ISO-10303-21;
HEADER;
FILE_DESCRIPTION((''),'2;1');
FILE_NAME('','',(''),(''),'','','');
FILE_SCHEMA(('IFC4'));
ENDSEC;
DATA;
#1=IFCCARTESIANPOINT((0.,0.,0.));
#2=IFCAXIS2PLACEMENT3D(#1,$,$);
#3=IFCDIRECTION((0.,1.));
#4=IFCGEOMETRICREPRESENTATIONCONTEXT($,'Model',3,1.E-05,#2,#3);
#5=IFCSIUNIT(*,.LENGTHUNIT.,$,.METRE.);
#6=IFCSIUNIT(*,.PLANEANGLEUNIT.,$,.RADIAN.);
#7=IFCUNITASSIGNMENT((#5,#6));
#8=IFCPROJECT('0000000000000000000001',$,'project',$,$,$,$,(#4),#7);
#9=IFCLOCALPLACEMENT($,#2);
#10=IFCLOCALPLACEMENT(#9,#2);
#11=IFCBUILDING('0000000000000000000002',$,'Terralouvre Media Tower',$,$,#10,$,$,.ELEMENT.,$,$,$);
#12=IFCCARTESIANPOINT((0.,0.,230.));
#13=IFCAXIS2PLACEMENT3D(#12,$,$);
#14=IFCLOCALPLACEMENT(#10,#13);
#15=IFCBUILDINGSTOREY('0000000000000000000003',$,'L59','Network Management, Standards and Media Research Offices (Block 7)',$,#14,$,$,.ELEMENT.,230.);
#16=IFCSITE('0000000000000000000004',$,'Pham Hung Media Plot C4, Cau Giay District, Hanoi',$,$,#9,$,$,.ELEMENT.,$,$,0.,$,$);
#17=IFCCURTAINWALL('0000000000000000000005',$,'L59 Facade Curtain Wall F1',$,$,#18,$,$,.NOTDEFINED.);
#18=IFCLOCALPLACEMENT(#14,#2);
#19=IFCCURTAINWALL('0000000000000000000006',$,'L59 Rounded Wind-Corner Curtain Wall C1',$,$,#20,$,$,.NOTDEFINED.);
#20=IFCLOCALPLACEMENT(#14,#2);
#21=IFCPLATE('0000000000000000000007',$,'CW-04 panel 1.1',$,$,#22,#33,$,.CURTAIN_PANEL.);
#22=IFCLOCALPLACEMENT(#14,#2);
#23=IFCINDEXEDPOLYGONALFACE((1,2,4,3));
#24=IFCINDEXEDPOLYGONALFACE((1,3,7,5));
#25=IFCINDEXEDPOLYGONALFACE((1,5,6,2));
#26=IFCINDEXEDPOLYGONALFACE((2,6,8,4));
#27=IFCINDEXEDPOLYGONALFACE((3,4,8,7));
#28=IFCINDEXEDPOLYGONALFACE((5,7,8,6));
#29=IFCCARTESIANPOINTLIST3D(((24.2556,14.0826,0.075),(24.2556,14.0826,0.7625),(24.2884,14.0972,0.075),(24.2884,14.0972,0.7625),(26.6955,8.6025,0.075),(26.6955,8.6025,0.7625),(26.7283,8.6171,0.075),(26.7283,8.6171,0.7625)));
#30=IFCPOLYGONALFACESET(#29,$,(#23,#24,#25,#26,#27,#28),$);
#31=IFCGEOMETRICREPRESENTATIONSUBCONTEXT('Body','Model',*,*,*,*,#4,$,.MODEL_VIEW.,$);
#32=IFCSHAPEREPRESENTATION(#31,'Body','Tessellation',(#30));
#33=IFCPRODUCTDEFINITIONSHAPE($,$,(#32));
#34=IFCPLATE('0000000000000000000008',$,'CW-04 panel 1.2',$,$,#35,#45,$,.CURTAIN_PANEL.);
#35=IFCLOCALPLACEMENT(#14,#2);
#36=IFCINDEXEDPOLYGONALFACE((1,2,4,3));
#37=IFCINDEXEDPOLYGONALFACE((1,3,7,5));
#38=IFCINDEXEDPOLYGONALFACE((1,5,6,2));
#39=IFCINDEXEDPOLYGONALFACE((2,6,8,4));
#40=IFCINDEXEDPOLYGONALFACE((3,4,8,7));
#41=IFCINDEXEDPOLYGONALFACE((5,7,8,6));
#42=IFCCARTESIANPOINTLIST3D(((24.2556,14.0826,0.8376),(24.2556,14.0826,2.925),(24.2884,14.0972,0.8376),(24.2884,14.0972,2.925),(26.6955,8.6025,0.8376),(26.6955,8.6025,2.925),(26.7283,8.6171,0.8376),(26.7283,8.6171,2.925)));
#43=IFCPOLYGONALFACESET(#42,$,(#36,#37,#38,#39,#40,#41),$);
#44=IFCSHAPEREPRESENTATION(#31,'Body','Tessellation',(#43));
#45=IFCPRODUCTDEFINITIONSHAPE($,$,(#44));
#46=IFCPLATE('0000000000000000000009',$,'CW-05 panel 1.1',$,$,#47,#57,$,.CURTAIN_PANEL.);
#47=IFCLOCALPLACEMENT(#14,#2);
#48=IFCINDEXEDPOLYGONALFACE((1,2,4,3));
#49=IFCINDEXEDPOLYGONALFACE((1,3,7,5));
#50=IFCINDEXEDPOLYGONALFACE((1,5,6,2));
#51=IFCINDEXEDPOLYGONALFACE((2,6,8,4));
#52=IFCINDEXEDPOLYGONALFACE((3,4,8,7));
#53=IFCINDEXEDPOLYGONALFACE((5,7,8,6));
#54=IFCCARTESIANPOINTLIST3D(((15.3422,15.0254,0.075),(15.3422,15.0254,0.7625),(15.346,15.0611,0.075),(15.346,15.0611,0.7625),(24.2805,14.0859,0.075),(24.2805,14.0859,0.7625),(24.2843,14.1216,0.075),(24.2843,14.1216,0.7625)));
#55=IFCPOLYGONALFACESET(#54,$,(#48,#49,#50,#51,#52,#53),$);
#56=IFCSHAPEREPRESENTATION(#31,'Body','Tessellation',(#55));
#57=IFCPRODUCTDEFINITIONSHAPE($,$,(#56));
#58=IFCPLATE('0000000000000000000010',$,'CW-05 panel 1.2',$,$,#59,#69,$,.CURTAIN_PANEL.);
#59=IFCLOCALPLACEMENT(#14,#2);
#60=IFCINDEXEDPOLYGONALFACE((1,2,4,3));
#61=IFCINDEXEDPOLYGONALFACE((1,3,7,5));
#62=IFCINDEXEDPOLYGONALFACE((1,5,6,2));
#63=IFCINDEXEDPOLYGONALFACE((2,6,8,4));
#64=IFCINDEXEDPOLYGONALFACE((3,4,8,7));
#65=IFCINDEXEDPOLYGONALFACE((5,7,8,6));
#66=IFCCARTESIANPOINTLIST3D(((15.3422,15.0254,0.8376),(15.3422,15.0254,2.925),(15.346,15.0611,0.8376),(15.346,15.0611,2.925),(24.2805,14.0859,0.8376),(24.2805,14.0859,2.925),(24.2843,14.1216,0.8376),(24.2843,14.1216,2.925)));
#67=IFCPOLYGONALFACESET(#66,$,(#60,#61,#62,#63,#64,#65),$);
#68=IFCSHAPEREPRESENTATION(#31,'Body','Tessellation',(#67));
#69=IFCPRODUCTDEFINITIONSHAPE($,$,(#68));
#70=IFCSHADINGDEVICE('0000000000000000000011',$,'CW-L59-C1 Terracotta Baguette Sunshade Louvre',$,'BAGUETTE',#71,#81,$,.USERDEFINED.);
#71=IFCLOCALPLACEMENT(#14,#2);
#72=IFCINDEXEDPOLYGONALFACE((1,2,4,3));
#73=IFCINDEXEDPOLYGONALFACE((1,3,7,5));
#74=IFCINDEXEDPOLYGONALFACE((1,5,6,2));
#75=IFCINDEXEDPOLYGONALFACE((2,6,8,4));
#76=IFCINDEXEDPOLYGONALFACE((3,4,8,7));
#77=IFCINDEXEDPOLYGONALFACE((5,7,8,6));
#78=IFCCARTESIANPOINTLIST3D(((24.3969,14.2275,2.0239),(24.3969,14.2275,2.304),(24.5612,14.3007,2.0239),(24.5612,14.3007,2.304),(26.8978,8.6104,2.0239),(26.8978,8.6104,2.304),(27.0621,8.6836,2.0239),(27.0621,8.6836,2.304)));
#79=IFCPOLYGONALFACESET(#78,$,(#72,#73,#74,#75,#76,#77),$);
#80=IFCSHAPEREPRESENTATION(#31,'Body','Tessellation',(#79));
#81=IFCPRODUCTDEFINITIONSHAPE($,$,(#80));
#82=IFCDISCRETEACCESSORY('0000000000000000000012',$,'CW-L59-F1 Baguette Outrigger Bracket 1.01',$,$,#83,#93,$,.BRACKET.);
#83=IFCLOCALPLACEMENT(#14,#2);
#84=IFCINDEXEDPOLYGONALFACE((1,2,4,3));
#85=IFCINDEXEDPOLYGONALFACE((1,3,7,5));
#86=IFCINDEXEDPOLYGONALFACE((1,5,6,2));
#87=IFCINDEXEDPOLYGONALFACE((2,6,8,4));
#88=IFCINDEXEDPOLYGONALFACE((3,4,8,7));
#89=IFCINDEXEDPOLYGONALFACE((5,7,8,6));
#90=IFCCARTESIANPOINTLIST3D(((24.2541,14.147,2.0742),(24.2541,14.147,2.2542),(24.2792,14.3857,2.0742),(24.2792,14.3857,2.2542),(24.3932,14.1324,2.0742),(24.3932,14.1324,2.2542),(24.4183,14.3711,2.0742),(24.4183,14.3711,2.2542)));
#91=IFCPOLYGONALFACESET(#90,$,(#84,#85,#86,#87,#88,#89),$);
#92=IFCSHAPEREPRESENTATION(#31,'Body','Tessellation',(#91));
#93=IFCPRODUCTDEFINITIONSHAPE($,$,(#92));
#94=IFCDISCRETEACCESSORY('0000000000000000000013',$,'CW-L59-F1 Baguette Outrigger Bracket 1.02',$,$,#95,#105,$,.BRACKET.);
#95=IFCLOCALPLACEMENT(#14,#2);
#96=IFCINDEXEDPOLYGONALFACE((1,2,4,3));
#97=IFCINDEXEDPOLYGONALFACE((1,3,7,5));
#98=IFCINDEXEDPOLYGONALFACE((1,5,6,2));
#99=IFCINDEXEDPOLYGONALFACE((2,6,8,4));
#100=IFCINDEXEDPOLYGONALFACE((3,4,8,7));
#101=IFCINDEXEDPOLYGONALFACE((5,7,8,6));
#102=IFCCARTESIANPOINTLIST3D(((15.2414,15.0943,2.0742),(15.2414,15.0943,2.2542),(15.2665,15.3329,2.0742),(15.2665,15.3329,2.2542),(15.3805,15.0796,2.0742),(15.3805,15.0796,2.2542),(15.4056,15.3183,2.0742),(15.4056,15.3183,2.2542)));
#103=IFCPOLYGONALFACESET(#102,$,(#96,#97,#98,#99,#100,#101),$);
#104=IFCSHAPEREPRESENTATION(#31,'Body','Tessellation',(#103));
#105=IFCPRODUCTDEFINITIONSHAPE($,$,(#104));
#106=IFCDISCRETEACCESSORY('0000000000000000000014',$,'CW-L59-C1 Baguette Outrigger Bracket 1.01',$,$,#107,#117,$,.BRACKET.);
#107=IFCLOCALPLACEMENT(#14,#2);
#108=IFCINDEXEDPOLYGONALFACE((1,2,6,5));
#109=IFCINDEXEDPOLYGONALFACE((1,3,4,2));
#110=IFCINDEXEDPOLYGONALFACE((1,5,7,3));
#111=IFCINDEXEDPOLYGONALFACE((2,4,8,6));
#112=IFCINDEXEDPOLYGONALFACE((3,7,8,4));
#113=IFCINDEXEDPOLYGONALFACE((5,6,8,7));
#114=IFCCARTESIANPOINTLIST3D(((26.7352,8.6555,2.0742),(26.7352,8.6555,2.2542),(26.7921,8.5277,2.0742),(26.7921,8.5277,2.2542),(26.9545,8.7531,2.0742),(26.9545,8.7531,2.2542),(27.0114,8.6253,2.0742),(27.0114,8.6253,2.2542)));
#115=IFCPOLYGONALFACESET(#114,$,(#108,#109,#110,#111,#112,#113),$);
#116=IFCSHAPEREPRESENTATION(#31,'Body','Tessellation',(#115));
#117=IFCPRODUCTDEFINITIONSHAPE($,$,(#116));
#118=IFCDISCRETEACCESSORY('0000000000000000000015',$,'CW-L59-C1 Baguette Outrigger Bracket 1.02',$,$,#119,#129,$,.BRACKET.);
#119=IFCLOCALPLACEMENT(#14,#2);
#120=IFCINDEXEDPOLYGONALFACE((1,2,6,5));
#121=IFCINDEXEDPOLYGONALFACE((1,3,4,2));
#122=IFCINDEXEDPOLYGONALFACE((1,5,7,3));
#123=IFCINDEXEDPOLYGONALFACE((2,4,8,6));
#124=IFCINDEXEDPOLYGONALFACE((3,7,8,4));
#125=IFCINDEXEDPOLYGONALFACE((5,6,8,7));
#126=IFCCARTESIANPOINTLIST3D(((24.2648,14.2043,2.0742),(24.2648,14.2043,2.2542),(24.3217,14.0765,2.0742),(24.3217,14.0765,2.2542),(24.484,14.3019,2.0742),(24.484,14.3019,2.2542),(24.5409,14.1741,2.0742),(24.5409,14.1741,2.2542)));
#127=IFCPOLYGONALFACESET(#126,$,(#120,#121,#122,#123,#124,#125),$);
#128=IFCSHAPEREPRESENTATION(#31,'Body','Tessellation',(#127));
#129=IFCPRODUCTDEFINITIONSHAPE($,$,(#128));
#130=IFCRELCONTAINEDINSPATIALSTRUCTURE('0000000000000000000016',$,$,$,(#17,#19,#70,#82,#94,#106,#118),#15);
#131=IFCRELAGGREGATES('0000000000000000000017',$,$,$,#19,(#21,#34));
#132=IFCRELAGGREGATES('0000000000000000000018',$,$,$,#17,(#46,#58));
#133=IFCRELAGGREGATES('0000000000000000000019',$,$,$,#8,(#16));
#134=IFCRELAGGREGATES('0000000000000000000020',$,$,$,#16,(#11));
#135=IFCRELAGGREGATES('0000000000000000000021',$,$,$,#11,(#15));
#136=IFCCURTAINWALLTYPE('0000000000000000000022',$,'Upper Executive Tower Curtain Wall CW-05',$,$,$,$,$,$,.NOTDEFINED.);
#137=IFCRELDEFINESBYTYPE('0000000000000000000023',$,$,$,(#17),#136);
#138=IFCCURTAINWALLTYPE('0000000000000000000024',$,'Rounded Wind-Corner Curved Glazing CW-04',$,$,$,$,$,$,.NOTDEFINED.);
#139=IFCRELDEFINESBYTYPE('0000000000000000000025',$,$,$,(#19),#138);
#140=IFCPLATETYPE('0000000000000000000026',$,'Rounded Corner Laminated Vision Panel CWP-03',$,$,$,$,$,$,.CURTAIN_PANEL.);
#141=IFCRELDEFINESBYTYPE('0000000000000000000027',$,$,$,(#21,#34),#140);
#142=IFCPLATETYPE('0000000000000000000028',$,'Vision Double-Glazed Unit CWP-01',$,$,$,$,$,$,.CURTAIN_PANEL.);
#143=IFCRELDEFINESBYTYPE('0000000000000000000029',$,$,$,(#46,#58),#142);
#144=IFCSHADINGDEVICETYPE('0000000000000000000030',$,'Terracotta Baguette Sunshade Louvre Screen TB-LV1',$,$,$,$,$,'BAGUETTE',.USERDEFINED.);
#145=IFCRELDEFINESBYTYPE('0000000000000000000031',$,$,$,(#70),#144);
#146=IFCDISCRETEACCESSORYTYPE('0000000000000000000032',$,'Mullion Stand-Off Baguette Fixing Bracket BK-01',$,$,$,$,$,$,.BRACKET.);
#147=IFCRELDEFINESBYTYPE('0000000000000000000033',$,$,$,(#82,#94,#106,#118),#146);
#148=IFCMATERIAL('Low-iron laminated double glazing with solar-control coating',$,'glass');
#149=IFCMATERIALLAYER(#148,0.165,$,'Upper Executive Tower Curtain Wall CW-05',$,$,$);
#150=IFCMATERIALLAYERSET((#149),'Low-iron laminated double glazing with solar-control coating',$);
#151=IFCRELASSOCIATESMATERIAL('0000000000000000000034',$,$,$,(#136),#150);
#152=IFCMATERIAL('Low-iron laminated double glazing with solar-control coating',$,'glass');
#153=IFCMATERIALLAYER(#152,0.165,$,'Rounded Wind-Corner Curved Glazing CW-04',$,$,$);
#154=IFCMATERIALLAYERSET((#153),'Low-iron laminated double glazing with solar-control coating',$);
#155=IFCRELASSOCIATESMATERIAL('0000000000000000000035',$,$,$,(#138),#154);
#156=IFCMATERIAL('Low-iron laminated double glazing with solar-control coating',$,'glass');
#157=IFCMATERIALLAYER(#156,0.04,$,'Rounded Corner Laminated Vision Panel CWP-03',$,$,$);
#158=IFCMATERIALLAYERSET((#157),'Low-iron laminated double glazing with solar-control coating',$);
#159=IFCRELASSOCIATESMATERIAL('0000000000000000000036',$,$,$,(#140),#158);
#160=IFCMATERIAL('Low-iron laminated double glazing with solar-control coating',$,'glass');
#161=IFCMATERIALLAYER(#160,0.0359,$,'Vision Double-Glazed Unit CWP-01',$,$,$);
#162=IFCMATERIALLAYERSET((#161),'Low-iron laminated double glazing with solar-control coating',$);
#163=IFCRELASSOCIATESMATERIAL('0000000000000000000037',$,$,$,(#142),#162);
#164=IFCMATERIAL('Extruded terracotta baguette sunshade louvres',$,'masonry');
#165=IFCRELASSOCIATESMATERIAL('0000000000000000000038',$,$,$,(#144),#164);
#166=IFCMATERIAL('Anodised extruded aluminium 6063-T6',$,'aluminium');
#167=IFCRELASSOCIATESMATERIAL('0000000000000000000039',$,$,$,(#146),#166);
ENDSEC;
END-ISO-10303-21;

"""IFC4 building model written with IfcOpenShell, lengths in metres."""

from ifc_helpers import new_model, si_unit, direction, frame, origin, origin_2d, place, context, subcontext, project, spatial, rectangle, extrude, material, layer, layer_set, type_object, element, aggregate, save


model = new_model("IFC4")

# Units and contexts
model_context = context("Model", 3, precision=1e-05, world=origin(), true_north=direction((0.0, 1.0)))
body_context = subcontext(model_context, "Body", "Model", "MODEL_VIEW")
ifc_project = project(units=[si_unit("LENGTHUNIT", "METRE"), si_unit("PLANEANGLEUNIT", "RADIAN")], contexts=[model_context])

# Site, building, storey
site_placement = place(None, origin())
site = spatial("IfcSite", under=ifc_project, at=site_placement, Name="Pham Hung Media Plot C4, Cau Giay District, Hanoi", CompositionType="ELEMENT", RefElevation=0.0)
building_placement = place(site_placement, origin())
building = spatial("IfcBuilding", under=site, at=building_placement, Name="Terralouvre Media Tower", CompositionType="ELEMENT")
storey_placement = place(building_placement, frame((0.0, 0.0, 230.0)))
storey = spatial("IfcBuildingStorey", under=building, at=storey_placement, Name="L59", Description="Network Management, Standards and Media Research Offices (Block 7)", CompositionType="ELEMENT", Elevation=230.0)

# Curtain wall
ifc_material_1 = material(Name="Low-iron laminated double glazing with solar-control coating", Category="glass")
ifc_layer_1 = layer(ifc_material_1, 0.165, Name="Upper Executive Tower Curtain Wall CW-05")
ifc_layer_set_1 = layer_set([ifc_layer_1], Name="Low-iron laminated double glazing with solar-control coating")
curtain_wall_type_1 = type_object("IfcCurtainWallType", Name="Upper Executive Tower Curtain Wall CW-05", PredefinedType="NOTDEFINED", material=ifc_layer_set_1)
curtain_wall_1_placement = place(storey_placement, origin())
curtain_wall_1 = element("IfcCurtainWall", 1, at=curtain_wall_1_placement, inside=storey, type_object=curtain_wall_type_1, Name="L59 Facade Curtain Wall F1", PredefinedType="NOTDEFINED")

# Curtain wall
ifc_material_2 = material(Name="Low-iron laminated double glazing with solar-control coating", Category="glass")
ifc_layer_2 = layer(ifc_material_2, 0.165, Name="Rounded Wind-Corner Curved Glazing CW-04")
ifc_layer_set_2 = layer_set([ifc_layer_2], Name="Low-iron laminated double glazing with solar-control coating")
curtain_wall_type_2 = type_object("IfcCurtainWallType", Name="Rounded Wind-Corner Curved Glazing CW-04", PredefinedType="NOTDEFINED", material=ifc_layer_set_2)
curtain_wall_2_placement = place(storey_placement, origin())
curtain_wall_2 = element("IfcCurtainWall", 2, at=curtain_wall_2_placement, inside=storey, type_object=curtain_wall_type_2, Name="L59 Rounded Wind-Corner Curtain Wall C1", PredefinedType="NOTDEFINED")

# Plates
ifc_material_3 = material(Name="Low-iron laminated double glazing with solar-control coating", Category="glass")
ifc_layer_3 = layer(ifc_material_3, 0.04, Name="Rounded Corner Laminated Vision Panel CWP-03")
ifc_layer_set_3 = layer_set([ifc_layer_3], Name="Low-iron laminated double glazing with solar-control coating")
plate_type_1 = type_object("IfcPlateType", Name="Rounded Corner Laminated Vision Panel CWP-03", PredefinedType="CURTAIN_PANEL", material=ifc_layer_set_3)
plate_1_placement = place(storey_placement, frame((25.4919, 11.3499, 0.075), z_axis=(0.0, 0.0, 1.0), x_axis=(-0.406737, 0.913545, 0.0)))
plate_1 = element("IfcPlate", 3, at=plate_1_placement, type_object=plate_type_1, Name="CW-04 panel 1.1", PredefinedType="CURTAIN_PANEL", context=body_context, shape_type="SweptSolid", body=[
    extrude(rectangle(XDim=5.9988, YDim=0.0359, at=origin_2d()), origin(), (0.0, 0.0, 1.0), 0.6875),
])
plate_2_placement = place(storey_placement, frame((25.4919, 11.3499, 0.8376), z_axis=(0.0, 0.0, 1.0), x_axis=(-0.406737, 0.913545, 0.0)))
plate_2 = element("IfcPlate", 4, at=plate_2_placement, type_object=plate_type_1, Name="CW-04 panel 1.2", PredefinedType="CURTAIN_PANEL", context=body_context, shape_type="SweptSolid", body=[
    extrude(rectangle(XDim=5.9988, YDim=0.0359, at=origin_2d()), origin(), (0.0, 0.0, 1.0), 2.0874),
])
aggregate(curtain_wall_2, [plate_1, plate_2])
ifc_material_4 = material(Name="Low-iron laminated double glazing with solar-control coating", Category="glass")
ifc_layer_4 = layer(ifc_material_4, 0.0359, Name="Vision Double-Glazed Unit CWP-01")
ifc_layer_set_4 = layer_set([ifc_layer_4], Name="Low-iron laminated double glazing with solar-control coating")
plate_type_2 = type_object("IfcPlateType", Name="Vision Double-Glazed Unit CWP-01", PredefinedType="CURTAIN_PANEL", material=ifc_layer_set_4)
plate_3_placement = place(storey_placement, frame((19.8132, 14.5735, 0.075), z_axis=(0.0, 0.0, 1.0), x_axis=(-0.994522, 0.104529, 0.0)))
plate_3 = element("IfcPlate", 5, at=plate_3_placement, type_object=plate_type_2, Name="CW-05 panel 1.1", PredefinedType="CURTAIN_PANEL", context=body_context, shape_type="SweptSolid", body=[
    extrude(rectangle(XDim=8.9875, YDim=0.0359, at=origin_2d()), origin(), (0.0, 0.0, 1.0), 0.6875),
])
plate_4_placement = place(storey_placement, frame((19.8132, 14.5735, 0.8376), z_axis=(0.0, 0.0, 1.0), x_axis=(-0.994522, 0.104529, 0.0)))
plate_4 = element("IfcPlate", 6, at=plate_4_placement, type_object=plate_type_2, Name="CW-05 panel 1.2", PredefinedType="CURTAIN_PANEL", context=body_context, shape_type="SweptSolid", body=[
    extrude(rectangle(XDim=8.9875, YDim=0.0359, at=origin_2d()), origin(), (0.0, 0.0, 1.0), 2.0874),
])
aggregate(curtain_wall_1, [plate_3, plate_4])

# Shading device
ifc_material_5 = material(Name="Extruded terracotta baguette sunshade louvres", Category="masonry")
shading_device_type = type_object("IfcShadingDeviceType", Name="Terracotta Baguette Sunshade Louvre Screen TB-LV1", ElementType="BAGUETTE", PredefinedType="USERDEFINED", material=ifc_material_5)
shading_device_placement = place(storey_placement, frame((25.7295, 11.4556, 2.0239), z_axis=(0.0, 0.0, 1.0), x_axis=(-0.406737, 0.913545, 0.0)))
element("IfcShadingDevice", 7, at=shading_device_placement, inside=storey, type_object=shading_device_type, Name="CW-L59-C1 Terracotta Baguette Sunshade Louvre", ObjectType="BAGUETTE", PredefinedType="USERDEFINED", context=body_context, shape_type="SweptSolid", body=[
    extrude(rectangle(XDim=6.1487, YDim=0.1799, at=origin_2d()), origin(), (0.0, 0.0, 1.0), 0.28),
])

# Discrete accessories
ifc_material_6 = material(Name="Anodised extruded aluminium 6063-T6", Category="aluminium")
discrete_accessory_type = type_object("IfcDiscreteAccessoryType", Name="Mullion Stand-Off Baguette Fixing Bracket BK-01", PredefinedType="BRACKET", material=ifc_material_6)
for number, where, z_axis, x_axis, name in (
    (8, (24.3362, 14.259, 2.0742), (0.0, 0.0, 1.0), (-0.994522, 0.104529, 0.0), "CW-L59-F1 Baguette Outrigger Bracket 1.01"),
    (9, (15.3235, 15.2063, 2.0742), (0.0, 0.0, 1.0), (-0.994522, 0.104529, 0.0), "CW-L59-F1 Baguette Outrigger Bracket 1.02"),
    (10, (26.8733, 8.6404, 2.0742), (0.0, 0.0, 1.0), (-0.406737, 0.913545, 0.0), "CW-L59-C1 Baguette Outrigger Bracket 1.01"),
    (11, (24.4028, 14.1892, 2.0742), (0.0, 0.0, 1.0), (-0.406737, 0.913545, 0.0), "CW-L59-C1 Baguette Outrigger Bracket 1.02"),
):
    element("IfcDiscreteAccessory", number, at=place(storey_placement, frame(where, z_axis=z_axis, x_axis=x_axis)), inside=storey, type_object=discrete_accessory_type, Name=name, PredefinedType="BRACKET", context=body_context, shape_type="SweptSolid", body=[
        extrude(rectangle(XDim=0.1399, YDim=0.24, at=origin_2d()), origin(), (0.0, 0.0, 1.0), 0.1799),
    ])

save(model, "model.ifc")
